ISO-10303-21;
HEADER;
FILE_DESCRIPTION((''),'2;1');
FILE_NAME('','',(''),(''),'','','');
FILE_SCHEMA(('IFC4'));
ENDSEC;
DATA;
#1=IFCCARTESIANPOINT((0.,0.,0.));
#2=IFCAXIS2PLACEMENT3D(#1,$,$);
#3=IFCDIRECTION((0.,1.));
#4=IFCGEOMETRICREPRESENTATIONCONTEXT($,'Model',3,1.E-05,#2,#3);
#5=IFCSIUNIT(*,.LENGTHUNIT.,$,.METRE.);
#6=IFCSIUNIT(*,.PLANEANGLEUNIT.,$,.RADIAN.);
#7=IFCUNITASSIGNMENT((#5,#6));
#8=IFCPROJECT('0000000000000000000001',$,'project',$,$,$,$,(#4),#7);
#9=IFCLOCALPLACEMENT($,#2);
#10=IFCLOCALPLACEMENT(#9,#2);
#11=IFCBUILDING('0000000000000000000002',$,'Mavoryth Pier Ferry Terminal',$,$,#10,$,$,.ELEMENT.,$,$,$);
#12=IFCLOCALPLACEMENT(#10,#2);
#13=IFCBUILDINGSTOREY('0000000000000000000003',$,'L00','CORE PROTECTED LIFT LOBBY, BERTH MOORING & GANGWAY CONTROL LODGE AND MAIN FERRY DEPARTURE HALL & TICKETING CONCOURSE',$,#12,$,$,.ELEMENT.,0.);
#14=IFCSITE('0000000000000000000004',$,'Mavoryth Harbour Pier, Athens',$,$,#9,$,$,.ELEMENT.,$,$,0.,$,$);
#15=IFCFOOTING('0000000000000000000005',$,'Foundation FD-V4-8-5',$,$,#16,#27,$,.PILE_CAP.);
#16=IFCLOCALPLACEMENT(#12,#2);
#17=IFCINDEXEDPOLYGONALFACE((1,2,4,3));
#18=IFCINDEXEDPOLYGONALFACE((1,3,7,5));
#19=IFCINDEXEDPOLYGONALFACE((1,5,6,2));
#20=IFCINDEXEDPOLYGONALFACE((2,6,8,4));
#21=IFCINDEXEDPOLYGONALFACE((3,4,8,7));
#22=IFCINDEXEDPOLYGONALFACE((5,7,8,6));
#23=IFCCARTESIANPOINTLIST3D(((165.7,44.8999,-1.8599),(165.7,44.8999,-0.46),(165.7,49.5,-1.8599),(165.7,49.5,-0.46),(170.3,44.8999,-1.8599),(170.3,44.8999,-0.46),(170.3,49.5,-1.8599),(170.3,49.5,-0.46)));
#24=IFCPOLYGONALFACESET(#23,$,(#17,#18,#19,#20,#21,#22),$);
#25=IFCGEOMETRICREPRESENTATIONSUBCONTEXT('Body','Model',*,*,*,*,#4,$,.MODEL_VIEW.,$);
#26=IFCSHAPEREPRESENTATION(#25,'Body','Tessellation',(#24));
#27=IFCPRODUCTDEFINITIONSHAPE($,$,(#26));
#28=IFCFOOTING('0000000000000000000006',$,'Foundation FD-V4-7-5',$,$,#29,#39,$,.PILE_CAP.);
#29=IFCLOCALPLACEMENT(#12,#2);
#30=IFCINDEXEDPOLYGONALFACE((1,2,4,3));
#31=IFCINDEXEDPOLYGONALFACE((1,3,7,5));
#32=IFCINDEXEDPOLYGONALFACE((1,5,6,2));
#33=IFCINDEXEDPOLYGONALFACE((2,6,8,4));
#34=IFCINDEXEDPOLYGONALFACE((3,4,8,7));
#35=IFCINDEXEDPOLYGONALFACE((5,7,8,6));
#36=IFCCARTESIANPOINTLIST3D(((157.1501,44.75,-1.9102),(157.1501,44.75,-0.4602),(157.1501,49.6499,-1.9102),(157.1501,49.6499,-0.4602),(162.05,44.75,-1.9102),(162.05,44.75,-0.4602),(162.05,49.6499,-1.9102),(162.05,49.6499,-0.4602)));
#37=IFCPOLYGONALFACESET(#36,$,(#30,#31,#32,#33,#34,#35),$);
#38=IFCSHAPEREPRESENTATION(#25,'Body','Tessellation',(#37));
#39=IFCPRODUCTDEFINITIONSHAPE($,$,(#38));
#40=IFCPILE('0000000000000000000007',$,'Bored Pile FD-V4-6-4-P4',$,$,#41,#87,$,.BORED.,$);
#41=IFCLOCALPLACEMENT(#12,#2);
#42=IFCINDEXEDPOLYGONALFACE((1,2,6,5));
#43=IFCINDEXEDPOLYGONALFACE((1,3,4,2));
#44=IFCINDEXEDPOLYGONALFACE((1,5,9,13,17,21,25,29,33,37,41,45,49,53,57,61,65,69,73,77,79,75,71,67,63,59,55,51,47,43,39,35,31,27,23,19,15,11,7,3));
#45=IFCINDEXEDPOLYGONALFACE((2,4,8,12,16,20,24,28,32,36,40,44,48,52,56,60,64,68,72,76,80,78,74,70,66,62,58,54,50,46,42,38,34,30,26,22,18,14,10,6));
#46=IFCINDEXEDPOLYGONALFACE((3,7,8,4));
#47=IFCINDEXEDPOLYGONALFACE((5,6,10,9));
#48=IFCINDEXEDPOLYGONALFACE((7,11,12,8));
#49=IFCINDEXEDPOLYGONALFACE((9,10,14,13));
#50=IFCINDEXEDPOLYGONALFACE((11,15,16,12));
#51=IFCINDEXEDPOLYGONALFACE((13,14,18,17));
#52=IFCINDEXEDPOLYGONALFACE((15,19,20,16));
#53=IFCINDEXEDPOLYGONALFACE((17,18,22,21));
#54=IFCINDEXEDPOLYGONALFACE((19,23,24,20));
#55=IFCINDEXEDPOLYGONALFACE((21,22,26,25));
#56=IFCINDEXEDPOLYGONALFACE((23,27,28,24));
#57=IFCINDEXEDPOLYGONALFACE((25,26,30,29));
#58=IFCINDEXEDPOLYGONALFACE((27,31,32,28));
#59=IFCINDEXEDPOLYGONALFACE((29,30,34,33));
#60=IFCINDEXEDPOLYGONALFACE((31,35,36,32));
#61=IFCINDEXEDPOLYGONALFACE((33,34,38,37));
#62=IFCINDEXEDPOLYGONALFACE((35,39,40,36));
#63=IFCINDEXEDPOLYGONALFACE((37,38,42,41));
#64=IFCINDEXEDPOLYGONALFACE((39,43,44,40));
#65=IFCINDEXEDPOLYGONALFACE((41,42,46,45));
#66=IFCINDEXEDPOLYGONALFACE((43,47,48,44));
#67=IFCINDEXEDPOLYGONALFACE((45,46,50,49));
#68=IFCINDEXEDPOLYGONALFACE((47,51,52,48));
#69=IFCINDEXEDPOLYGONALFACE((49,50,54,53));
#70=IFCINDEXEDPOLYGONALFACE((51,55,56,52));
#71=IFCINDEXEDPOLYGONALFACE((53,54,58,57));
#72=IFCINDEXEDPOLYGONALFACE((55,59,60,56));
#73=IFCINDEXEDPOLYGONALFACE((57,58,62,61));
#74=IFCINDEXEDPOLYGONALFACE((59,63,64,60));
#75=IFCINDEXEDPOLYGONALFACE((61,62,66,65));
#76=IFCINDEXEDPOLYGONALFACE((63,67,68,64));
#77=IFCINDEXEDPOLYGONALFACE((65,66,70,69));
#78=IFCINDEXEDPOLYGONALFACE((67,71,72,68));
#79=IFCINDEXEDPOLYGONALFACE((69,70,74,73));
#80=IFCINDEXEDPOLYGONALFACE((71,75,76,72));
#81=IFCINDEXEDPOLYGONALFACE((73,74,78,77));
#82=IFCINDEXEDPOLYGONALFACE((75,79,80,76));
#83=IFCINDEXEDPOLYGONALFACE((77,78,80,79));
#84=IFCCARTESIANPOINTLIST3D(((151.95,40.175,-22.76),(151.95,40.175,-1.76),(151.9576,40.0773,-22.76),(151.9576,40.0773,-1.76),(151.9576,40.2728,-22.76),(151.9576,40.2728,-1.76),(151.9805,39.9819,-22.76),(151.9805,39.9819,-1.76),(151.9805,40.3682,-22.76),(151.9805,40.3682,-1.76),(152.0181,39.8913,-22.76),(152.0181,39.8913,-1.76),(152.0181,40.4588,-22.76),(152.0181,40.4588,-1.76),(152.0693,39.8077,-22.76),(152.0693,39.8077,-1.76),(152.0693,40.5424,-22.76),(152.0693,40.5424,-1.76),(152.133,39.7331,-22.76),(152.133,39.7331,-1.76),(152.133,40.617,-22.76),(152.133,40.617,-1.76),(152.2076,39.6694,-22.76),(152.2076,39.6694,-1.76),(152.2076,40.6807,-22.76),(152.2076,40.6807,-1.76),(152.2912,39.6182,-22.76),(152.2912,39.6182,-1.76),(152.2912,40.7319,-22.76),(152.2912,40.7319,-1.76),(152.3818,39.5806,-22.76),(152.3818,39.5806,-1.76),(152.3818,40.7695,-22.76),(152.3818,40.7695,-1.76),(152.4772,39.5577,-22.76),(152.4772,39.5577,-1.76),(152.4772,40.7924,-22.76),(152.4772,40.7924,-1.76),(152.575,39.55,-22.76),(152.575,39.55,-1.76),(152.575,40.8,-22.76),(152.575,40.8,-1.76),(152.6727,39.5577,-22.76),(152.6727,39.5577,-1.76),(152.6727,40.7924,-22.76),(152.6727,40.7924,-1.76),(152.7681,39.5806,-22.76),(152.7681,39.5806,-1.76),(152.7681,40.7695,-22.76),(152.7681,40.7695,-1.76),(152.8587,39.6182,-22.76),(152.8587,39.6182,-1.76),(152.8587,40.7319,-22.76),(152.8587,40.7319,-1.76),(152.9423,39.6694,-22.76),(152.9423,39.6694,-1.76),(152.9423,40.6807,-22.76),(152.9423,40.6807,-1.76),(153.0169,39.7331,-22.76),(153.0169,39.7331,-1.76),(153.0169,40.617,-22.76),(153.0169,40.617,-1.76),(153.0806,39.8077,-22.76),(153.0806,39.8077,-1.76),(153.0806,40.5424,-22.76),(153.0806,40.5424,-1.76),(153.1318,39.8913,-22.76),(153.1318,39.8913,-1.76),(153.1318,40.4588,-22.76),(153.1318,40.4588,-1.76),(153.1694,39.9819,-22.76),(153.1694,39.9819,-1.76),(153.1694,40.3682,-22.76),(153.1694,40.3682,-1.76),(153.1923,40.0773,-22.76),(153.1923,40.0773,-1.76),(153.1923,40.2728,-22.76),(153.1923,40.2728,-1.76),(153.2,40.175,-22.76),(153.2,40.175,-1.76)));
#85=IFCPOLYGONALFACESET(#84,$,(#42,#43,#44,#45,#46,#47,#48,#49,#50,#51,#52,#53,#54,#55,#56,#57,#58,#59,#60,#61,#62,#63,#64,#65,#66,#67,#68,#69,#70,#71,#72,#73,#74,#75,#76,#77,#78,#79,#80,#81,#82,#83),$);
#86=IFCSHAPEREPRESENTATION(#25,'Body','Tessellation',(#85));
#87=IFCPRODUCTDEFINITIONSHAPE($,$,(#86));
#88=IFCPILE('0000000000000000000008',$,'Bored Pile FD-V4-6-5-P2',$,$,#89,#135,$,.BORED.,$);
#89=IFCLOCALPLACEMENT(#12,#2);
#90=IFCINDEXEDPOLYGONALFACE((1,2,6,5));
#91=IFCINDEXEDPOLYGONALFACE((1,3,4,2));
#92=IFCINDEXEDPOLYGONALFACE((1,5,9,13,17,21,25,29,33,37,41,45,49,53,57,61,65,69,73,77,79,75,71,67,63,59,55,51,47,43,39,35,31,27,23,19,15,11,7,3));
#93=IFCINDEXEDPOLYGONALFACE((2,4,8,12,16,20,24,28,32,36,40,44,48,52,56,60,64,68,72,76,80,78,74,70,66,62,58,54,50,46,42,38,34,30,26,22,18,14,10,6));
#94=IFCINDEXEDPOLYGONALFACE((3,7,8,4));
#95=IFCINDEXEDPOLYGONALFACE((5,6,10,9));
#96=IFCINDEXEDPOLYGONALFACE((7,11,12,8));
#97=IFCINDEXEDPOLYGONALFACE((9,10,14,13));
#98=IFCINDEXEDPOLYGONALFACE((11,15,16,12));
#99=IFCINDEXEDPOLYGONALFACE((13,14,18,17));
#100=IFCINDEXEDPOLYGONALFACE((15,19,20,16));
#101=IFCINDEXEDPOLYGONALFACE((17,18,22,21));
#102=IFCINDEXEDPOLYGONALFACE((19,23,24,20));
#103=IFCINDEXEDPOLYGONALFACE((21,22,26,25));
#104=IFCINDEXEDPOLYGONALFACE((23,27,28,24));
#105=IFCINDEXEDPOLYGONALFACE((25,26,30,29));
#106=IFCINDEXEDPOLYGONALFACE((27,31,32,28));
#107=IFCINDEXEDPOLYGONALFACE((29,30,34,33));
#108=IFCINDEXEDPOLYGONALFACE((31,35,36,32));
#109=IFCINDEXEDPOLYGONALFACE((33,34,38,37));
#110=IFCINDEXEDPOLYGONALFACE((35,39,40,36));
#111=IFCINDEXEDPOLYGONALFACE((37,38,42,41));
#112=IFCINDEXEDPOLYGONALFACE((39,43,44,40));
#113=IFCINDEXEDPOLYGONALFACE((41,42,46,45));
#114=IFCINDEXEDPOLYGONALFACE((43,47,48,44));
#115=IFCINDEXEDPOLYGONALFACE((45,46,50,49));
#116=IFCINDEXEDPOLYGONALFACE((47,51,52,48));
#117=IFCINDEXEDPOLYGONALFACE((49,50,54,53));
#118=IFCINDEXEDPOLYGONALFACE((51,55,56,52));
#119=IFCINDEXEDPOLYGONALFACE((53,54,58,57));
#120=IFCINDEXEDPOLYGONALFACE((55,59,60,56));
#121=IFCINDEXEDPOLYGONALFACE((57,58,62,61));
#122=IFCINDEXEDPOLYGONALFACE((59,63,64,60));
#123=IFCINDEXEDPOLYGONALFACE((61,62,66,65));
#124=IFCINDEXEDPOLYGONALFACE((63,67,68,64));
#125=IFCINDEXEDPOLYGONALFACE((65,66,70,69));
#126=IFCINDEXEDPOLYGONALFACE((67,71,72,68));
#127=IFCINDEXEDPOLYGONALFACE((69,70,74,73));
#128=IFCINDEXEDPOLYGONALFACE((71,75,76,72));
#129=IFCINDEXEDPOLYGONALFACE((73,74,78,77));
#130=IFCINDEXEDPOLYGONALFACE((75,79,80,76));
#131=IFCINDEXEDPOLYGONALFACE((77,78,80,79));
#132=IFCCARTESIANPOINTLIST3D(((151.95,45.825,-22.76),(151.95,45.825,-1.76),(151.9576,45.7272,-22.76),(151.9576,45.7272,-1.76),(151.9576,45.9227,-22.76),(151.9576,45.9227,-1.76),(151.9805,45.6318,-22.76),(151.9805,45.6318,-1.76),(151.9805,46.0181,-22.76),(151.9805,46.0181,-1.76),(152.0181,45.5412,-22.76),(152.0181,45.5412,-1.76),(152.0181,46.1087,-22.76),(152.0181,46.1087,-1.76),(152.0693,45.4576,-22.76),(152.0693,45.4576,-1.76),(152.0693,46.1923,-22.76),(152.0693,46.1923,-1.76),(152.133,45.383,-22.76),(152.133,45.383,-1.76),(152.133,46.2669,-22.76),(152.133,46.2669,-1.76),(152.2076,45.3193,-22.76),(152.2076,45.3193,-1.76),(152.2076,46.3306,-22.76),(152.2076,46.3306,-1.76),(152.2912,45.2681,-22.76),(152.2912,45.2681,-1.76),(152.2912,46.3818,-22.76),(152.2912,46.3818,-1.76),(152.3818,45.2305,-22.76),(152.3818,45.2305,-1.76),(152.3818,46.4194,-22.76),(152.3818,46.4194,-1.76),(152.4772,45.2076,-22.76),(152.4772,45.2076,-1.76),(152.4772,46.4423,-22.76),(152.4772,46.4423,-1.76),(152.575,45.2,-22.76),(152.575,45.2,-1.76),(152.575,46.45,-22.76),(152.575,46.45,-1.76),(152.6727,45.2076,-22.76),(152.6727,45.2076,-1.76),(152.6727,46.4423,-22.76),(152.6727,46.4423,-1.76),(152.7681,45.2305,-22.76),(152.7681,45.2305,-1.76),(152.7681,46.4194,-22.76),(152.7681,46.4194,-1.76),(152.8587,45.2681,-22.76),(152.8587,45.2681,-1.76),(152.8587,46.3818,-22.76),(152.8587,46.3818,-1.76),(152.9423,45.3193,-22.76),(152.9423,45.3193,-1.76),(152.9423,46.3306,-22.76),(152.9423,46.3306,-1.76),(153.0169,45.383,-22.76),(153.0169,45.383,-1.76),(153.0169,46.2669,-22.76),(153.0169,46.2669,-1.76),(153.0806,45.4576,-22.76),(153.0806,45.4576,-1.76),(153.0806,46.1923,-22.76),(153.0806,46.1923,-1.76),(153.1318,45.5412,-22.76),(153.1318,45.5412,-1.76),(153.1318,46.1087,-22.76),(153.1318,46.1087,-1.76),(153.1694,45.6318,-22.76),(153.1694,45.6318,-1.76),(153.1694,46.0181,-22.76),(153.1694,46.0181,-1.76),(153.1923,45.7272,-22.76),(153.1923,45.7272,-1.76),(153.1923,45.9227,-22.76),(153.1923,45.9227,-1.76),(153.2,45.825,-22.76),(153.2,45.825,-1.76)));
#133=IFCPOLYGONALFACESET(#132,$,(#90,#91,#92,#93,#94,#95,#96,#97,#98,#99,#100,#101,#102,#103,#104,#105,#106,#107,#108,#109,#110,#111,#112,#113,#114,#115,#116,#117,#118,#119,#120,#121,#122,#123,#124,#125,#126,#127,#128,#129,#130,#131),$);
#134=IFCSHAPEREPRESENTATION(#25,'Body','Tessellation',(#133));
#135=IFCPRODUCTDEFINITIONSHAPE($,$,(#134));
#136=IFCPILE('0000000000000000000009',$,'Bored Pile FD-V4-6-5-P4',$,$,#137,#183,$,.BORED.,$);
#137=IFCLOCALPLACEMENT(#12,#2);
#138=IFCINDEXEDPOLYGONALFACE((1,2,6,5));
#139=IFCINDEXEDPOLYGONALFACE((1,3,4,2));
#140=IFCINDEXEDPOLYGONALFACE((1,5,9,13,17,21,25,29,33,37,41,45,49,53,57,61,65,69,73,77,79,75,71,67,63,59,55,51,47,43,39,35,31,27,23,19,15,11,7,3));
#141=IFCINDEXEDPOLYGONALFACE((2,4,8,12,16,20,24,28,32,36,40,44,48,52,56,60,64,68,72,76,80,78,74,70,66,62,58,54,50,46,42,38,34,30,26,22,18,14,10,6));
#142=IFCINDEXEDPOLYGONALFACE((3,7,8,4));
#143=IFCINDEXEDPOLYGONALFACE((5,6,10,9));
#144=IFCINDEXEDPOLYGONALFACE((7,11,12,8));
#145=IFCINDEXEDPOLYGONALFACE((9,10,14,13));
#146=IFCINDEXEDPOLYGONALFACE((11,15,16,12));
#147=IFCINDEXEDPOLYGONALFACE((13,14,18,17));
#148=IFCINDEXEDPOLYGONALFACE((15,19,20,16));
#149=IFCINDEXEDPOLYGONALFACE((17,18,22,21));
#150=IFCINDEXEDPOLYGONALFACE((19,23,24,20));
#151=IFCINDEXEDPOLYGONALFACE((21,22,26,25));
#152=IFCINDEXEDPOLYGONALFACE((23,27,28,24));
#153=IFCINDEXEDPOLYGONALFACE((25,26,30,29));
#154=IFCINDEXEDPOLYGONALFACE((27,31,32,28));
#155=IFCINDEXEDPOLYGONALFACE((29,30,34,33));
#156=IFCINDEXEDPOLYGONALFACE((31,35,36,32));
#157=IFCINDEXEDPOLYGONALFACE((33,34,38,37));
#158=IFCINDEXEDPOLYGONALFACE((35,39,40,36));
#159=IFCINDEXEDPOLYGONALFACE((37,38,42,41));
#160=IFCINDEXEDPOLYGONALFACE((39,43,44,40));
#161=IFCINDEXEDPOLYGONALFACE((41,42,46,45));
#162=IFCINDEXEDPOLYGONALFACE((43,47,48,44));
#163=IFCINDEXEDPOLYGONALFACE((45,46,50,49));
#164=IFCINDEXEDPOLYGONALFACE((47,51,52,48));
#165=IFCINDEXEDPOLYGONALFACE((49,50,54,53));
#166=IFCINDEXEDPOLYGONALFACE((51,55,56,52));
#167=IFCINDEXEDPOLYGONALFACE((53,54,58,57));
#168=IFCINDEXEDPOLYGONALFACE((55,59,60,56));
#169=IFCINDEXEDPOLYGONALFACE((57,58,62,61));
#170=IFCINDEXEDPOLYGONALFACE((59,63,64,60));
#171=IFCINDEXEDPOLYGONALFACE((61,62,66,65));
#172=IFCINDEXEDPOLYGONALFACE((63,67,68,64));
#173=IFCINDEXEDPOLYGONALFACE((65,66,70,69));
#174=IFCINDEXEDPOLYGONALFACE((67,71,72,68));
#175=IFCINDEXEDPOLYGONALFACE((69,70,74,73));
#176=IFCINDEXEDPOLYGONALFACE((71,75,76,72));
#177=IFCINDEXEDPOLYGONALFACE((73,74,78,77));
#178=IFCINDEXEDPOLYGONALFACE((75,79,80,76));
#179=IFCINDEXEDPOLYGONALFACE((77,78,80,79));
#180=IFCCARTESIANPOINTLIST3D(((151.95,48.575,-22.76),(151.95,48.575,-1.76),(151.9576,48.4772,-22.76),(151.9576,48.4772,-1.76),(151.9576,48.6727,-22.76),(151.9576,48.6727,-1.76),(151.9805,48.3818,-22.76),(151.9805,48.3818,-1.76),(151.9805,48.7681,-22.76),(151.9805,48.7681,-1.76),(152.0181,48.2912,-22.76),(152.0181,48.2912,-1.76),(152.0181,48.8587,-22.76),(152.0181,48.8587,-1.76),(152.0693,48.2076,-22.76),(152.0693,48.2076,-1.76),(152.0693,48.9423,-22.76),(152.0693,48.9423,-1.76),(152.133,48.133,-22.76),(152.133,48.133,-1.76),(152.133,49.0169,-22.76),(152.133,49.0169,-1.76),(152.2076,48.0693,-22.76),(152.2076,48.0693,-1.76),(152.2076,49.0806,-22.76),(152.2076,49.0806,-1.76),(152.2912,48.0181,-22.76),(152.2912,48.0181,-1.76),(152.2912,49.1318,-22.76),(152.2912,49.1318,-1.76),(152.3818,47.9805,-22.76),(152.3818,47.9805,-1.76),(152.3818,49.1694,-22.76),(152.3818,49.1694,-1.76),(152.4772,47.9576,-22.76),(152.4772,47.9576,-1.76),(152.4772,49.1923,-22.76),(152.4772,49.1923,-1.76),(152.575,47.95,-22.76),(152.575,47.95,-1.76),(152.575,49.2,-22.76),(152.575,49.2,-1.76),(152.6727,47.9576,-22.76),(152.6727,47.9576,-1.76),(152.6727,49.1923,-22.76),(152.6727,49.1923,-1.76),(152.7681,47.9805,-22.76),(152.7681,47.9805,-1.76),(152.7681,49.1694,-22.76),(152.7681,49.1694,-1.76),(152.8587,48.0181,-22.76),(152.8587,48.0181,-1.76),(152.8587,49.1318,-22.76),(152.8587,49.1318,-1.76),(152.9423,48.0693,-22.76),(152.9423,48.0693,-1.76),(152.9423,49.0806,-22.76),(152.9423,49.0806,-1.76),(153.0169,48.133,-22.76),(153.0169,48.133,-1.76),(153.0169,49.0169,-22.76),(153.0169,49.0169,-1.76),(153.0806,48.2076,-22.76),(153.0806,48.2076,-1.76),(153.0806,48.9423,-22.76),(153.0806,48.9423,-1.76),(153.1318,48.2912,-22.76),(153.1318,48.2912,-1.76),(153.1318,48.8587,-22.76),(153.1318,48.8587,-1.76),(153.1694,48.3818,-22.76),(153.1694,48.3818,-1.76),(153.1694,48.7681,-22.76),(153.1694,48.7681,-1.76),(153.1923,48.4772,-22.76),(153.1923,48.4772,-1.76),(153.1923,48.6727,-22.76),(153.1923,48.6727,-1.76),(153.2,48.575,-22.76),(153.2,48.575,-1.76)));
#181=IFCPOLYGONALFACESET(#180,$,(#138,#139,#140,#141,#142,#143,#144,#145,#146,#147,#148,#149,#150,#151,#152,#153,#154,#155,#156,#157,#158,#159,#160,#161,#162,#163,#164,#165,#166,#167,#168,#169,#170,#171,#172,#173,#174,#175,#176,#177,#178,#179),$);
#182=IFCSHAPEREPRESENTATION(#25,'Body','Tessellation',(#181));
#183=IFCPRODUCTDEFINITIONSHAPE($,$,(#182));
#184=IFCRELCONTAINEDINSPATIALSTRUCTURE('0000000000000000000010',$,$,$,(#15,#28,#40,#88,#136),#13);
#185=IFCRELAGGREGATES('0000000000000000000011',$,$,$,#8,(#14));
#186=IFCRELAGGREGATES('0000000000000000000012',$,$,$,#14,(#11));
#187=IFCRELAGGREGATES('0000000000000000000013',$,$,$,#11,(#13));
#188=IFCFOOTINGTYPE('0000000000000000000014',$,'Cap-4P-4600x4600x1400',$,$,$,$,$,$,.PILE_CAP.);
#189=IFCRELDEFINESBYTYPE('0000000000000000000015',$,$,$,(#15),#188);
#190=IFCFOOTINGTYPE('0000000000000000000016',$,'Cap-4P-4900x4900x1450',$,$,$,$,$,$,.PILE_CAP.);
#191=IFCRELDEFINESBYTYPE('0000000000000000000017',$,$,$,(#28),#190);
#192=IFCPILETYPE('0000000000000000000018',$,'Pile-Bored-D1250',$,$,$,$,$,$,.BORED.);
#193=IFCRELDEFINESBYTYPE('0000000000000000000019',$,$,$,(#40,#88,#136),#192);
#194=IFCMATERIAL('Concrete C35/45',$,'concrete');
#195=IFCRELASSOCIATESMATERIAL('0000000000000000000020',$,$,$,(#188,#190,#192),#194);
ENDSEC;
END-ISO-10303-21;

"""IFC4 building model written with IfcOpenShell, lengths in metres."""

from ifc_helpers import new_model, si_unit, direction, frame, origin, origin_2d, place, context, subcontext, project, spatial, rectangle, circle, extrude, material, material_profile, profile_set, type_object, element, save


model = new_model("IFC4")

# Units and contexts
model_context = context("Model", 3, precision=1e-05, world=origin(), true_north=direction((0.0, 1.0)))
body_context = subcontext(model_context, "Body", "Model", "MODEL_VIEW")
ifc_project = project(units=[si_unit("LENGTHUNIT", "METRE"), si_unit("PLANEANGLEUNIT", "RADIAN")], contexts=[model_context])

# Site, building, storey
site_placement = place(None, origin())
site = spatial("IfcSite", under=ifc_project, at=site_placement, Name="Mavoryth Harbour Pier, Athens", CompositionType="ELEMENT", RefElevation=0.0)
building_placement = place(site_placement, origin())
building = spatial("IfcBuilding", under=site, at=building_placement, Name="Mavoryth Pier Ferry Terminal", CompositionType="ELEMENT")
storey_placement = place(building_placement, origin())
storey = spatial("IfcBuildingStorey", under=building, at=storey_placement, Name="L00", Description="CORE PROTECTED LIFT LOBBY, BERTH MOORING & GANGWAY CONTROL LODGE AND MAIN FERRY DEPARTURE HALL & TICKETING CONCOURSE", CompositionType="ELEMENT", Elevation=0.0)

# Footings
ifc_material_1 = material(Name="Concrete C35/45", Category="concrete")
footing_type_1 = type_object("IfcFootingType", Name="Cap-4P-4600x4600x1400", PredefinedType="PILE_CAP", material=ifc_material_1)
footing_1_placement = place(storey_placement, frame((168.0, 47.2, -1.8599), z_axis=(0.0, 0.0, 1.0), x_axis=(1.0, 0.0, 0.0)))
element("IfcFooting", 1, at=footing_1_placement, inside=storey, type_object=footing_type_1, Name="Foundation FD-V4-8-5", PredefinedType="PILE_CAP", context=body_context, shape_type="SweptSolid", body=[
    extrude(rectangle(XDim=4.6001, YDim=4.6001, at=origin_2d()), origin(), (0.0, 0.0, 1.0), 1.3999),
])
footing_type_2 = type_object("IfcFootingType", Name="Cap-4P-4900x4900x1450", PredefinedType="PILE_CAP", material=ifc_material_1)
footing_2_placement = place(storey_placement, frame((159.6001, 47.2, -1.9102), z_axis=(0.0, 0.0, 1.0), x_axis=(1.0, 0.0, 0.0)))
element("IfcFooting", 2, at=footing_2_placement, inside=storey, type_object=footing_type_2, Name="Foundation FD-V4-7-5", PredefinedType="PILE_CAP", context=body_context, shape_type="SweptSolid", body=[
    extrude(rectangle(XDim=4.8999, YDim=4.8999, at=origin_2d()), origin(), (0.0, 0.0, 1.0), 1.45),
])

# Piles
ifc_material_profile_1 = material_profile(ifc_material_1, circle(Radius=0.625, at=origin_2d()), Name="PILE D1250", Category="concrete")
ifc_profile_set_1 = profile_set([ifc_material_profile_1], Name="Concrete C35/45 - PILE D1250")
pile_type = type_object("IfcPileType", Name="Pile-Bored-D1250", PredefinedType="BORED", material=ifc_profile_set_1)
for number, where, z_axis, x_axis, name in (
    (3, (152.575, 40.175, -1.76), (0.0, 0.0, -1.0), (1.0, 0.0, 0.0), "Bored Pile FD-V4-6-4-P4"),
    (4, (152.575, 45.825, -1.76), (0.0, 0.0, -1.0), (1.0, 0.0, 0.0), "Bored Pile FD-V4-6-5-P2"),
    (5, (152.575, 48.575, -1.76), (0.0, 0.0, -1.0), (1.0, 0.0, 0.0), "Bored Pile FD-V4-6-5-P4"),
):
    element("IfcPile", number, at=place(storey_placement, frame(where, z_axis=z_axis, x_axis=x_axis)), inside=storey, type_object=pile_type, Name=name, PredefinedType="BORED", context=body_context, shape_type="SweptSolid", body=[
        extrude(circle(Radius=0.625, at=origin_2d()), origin(), (0.0, 0.0, 1.0), 21.0),
    ])

save(model, "model.ifc")
